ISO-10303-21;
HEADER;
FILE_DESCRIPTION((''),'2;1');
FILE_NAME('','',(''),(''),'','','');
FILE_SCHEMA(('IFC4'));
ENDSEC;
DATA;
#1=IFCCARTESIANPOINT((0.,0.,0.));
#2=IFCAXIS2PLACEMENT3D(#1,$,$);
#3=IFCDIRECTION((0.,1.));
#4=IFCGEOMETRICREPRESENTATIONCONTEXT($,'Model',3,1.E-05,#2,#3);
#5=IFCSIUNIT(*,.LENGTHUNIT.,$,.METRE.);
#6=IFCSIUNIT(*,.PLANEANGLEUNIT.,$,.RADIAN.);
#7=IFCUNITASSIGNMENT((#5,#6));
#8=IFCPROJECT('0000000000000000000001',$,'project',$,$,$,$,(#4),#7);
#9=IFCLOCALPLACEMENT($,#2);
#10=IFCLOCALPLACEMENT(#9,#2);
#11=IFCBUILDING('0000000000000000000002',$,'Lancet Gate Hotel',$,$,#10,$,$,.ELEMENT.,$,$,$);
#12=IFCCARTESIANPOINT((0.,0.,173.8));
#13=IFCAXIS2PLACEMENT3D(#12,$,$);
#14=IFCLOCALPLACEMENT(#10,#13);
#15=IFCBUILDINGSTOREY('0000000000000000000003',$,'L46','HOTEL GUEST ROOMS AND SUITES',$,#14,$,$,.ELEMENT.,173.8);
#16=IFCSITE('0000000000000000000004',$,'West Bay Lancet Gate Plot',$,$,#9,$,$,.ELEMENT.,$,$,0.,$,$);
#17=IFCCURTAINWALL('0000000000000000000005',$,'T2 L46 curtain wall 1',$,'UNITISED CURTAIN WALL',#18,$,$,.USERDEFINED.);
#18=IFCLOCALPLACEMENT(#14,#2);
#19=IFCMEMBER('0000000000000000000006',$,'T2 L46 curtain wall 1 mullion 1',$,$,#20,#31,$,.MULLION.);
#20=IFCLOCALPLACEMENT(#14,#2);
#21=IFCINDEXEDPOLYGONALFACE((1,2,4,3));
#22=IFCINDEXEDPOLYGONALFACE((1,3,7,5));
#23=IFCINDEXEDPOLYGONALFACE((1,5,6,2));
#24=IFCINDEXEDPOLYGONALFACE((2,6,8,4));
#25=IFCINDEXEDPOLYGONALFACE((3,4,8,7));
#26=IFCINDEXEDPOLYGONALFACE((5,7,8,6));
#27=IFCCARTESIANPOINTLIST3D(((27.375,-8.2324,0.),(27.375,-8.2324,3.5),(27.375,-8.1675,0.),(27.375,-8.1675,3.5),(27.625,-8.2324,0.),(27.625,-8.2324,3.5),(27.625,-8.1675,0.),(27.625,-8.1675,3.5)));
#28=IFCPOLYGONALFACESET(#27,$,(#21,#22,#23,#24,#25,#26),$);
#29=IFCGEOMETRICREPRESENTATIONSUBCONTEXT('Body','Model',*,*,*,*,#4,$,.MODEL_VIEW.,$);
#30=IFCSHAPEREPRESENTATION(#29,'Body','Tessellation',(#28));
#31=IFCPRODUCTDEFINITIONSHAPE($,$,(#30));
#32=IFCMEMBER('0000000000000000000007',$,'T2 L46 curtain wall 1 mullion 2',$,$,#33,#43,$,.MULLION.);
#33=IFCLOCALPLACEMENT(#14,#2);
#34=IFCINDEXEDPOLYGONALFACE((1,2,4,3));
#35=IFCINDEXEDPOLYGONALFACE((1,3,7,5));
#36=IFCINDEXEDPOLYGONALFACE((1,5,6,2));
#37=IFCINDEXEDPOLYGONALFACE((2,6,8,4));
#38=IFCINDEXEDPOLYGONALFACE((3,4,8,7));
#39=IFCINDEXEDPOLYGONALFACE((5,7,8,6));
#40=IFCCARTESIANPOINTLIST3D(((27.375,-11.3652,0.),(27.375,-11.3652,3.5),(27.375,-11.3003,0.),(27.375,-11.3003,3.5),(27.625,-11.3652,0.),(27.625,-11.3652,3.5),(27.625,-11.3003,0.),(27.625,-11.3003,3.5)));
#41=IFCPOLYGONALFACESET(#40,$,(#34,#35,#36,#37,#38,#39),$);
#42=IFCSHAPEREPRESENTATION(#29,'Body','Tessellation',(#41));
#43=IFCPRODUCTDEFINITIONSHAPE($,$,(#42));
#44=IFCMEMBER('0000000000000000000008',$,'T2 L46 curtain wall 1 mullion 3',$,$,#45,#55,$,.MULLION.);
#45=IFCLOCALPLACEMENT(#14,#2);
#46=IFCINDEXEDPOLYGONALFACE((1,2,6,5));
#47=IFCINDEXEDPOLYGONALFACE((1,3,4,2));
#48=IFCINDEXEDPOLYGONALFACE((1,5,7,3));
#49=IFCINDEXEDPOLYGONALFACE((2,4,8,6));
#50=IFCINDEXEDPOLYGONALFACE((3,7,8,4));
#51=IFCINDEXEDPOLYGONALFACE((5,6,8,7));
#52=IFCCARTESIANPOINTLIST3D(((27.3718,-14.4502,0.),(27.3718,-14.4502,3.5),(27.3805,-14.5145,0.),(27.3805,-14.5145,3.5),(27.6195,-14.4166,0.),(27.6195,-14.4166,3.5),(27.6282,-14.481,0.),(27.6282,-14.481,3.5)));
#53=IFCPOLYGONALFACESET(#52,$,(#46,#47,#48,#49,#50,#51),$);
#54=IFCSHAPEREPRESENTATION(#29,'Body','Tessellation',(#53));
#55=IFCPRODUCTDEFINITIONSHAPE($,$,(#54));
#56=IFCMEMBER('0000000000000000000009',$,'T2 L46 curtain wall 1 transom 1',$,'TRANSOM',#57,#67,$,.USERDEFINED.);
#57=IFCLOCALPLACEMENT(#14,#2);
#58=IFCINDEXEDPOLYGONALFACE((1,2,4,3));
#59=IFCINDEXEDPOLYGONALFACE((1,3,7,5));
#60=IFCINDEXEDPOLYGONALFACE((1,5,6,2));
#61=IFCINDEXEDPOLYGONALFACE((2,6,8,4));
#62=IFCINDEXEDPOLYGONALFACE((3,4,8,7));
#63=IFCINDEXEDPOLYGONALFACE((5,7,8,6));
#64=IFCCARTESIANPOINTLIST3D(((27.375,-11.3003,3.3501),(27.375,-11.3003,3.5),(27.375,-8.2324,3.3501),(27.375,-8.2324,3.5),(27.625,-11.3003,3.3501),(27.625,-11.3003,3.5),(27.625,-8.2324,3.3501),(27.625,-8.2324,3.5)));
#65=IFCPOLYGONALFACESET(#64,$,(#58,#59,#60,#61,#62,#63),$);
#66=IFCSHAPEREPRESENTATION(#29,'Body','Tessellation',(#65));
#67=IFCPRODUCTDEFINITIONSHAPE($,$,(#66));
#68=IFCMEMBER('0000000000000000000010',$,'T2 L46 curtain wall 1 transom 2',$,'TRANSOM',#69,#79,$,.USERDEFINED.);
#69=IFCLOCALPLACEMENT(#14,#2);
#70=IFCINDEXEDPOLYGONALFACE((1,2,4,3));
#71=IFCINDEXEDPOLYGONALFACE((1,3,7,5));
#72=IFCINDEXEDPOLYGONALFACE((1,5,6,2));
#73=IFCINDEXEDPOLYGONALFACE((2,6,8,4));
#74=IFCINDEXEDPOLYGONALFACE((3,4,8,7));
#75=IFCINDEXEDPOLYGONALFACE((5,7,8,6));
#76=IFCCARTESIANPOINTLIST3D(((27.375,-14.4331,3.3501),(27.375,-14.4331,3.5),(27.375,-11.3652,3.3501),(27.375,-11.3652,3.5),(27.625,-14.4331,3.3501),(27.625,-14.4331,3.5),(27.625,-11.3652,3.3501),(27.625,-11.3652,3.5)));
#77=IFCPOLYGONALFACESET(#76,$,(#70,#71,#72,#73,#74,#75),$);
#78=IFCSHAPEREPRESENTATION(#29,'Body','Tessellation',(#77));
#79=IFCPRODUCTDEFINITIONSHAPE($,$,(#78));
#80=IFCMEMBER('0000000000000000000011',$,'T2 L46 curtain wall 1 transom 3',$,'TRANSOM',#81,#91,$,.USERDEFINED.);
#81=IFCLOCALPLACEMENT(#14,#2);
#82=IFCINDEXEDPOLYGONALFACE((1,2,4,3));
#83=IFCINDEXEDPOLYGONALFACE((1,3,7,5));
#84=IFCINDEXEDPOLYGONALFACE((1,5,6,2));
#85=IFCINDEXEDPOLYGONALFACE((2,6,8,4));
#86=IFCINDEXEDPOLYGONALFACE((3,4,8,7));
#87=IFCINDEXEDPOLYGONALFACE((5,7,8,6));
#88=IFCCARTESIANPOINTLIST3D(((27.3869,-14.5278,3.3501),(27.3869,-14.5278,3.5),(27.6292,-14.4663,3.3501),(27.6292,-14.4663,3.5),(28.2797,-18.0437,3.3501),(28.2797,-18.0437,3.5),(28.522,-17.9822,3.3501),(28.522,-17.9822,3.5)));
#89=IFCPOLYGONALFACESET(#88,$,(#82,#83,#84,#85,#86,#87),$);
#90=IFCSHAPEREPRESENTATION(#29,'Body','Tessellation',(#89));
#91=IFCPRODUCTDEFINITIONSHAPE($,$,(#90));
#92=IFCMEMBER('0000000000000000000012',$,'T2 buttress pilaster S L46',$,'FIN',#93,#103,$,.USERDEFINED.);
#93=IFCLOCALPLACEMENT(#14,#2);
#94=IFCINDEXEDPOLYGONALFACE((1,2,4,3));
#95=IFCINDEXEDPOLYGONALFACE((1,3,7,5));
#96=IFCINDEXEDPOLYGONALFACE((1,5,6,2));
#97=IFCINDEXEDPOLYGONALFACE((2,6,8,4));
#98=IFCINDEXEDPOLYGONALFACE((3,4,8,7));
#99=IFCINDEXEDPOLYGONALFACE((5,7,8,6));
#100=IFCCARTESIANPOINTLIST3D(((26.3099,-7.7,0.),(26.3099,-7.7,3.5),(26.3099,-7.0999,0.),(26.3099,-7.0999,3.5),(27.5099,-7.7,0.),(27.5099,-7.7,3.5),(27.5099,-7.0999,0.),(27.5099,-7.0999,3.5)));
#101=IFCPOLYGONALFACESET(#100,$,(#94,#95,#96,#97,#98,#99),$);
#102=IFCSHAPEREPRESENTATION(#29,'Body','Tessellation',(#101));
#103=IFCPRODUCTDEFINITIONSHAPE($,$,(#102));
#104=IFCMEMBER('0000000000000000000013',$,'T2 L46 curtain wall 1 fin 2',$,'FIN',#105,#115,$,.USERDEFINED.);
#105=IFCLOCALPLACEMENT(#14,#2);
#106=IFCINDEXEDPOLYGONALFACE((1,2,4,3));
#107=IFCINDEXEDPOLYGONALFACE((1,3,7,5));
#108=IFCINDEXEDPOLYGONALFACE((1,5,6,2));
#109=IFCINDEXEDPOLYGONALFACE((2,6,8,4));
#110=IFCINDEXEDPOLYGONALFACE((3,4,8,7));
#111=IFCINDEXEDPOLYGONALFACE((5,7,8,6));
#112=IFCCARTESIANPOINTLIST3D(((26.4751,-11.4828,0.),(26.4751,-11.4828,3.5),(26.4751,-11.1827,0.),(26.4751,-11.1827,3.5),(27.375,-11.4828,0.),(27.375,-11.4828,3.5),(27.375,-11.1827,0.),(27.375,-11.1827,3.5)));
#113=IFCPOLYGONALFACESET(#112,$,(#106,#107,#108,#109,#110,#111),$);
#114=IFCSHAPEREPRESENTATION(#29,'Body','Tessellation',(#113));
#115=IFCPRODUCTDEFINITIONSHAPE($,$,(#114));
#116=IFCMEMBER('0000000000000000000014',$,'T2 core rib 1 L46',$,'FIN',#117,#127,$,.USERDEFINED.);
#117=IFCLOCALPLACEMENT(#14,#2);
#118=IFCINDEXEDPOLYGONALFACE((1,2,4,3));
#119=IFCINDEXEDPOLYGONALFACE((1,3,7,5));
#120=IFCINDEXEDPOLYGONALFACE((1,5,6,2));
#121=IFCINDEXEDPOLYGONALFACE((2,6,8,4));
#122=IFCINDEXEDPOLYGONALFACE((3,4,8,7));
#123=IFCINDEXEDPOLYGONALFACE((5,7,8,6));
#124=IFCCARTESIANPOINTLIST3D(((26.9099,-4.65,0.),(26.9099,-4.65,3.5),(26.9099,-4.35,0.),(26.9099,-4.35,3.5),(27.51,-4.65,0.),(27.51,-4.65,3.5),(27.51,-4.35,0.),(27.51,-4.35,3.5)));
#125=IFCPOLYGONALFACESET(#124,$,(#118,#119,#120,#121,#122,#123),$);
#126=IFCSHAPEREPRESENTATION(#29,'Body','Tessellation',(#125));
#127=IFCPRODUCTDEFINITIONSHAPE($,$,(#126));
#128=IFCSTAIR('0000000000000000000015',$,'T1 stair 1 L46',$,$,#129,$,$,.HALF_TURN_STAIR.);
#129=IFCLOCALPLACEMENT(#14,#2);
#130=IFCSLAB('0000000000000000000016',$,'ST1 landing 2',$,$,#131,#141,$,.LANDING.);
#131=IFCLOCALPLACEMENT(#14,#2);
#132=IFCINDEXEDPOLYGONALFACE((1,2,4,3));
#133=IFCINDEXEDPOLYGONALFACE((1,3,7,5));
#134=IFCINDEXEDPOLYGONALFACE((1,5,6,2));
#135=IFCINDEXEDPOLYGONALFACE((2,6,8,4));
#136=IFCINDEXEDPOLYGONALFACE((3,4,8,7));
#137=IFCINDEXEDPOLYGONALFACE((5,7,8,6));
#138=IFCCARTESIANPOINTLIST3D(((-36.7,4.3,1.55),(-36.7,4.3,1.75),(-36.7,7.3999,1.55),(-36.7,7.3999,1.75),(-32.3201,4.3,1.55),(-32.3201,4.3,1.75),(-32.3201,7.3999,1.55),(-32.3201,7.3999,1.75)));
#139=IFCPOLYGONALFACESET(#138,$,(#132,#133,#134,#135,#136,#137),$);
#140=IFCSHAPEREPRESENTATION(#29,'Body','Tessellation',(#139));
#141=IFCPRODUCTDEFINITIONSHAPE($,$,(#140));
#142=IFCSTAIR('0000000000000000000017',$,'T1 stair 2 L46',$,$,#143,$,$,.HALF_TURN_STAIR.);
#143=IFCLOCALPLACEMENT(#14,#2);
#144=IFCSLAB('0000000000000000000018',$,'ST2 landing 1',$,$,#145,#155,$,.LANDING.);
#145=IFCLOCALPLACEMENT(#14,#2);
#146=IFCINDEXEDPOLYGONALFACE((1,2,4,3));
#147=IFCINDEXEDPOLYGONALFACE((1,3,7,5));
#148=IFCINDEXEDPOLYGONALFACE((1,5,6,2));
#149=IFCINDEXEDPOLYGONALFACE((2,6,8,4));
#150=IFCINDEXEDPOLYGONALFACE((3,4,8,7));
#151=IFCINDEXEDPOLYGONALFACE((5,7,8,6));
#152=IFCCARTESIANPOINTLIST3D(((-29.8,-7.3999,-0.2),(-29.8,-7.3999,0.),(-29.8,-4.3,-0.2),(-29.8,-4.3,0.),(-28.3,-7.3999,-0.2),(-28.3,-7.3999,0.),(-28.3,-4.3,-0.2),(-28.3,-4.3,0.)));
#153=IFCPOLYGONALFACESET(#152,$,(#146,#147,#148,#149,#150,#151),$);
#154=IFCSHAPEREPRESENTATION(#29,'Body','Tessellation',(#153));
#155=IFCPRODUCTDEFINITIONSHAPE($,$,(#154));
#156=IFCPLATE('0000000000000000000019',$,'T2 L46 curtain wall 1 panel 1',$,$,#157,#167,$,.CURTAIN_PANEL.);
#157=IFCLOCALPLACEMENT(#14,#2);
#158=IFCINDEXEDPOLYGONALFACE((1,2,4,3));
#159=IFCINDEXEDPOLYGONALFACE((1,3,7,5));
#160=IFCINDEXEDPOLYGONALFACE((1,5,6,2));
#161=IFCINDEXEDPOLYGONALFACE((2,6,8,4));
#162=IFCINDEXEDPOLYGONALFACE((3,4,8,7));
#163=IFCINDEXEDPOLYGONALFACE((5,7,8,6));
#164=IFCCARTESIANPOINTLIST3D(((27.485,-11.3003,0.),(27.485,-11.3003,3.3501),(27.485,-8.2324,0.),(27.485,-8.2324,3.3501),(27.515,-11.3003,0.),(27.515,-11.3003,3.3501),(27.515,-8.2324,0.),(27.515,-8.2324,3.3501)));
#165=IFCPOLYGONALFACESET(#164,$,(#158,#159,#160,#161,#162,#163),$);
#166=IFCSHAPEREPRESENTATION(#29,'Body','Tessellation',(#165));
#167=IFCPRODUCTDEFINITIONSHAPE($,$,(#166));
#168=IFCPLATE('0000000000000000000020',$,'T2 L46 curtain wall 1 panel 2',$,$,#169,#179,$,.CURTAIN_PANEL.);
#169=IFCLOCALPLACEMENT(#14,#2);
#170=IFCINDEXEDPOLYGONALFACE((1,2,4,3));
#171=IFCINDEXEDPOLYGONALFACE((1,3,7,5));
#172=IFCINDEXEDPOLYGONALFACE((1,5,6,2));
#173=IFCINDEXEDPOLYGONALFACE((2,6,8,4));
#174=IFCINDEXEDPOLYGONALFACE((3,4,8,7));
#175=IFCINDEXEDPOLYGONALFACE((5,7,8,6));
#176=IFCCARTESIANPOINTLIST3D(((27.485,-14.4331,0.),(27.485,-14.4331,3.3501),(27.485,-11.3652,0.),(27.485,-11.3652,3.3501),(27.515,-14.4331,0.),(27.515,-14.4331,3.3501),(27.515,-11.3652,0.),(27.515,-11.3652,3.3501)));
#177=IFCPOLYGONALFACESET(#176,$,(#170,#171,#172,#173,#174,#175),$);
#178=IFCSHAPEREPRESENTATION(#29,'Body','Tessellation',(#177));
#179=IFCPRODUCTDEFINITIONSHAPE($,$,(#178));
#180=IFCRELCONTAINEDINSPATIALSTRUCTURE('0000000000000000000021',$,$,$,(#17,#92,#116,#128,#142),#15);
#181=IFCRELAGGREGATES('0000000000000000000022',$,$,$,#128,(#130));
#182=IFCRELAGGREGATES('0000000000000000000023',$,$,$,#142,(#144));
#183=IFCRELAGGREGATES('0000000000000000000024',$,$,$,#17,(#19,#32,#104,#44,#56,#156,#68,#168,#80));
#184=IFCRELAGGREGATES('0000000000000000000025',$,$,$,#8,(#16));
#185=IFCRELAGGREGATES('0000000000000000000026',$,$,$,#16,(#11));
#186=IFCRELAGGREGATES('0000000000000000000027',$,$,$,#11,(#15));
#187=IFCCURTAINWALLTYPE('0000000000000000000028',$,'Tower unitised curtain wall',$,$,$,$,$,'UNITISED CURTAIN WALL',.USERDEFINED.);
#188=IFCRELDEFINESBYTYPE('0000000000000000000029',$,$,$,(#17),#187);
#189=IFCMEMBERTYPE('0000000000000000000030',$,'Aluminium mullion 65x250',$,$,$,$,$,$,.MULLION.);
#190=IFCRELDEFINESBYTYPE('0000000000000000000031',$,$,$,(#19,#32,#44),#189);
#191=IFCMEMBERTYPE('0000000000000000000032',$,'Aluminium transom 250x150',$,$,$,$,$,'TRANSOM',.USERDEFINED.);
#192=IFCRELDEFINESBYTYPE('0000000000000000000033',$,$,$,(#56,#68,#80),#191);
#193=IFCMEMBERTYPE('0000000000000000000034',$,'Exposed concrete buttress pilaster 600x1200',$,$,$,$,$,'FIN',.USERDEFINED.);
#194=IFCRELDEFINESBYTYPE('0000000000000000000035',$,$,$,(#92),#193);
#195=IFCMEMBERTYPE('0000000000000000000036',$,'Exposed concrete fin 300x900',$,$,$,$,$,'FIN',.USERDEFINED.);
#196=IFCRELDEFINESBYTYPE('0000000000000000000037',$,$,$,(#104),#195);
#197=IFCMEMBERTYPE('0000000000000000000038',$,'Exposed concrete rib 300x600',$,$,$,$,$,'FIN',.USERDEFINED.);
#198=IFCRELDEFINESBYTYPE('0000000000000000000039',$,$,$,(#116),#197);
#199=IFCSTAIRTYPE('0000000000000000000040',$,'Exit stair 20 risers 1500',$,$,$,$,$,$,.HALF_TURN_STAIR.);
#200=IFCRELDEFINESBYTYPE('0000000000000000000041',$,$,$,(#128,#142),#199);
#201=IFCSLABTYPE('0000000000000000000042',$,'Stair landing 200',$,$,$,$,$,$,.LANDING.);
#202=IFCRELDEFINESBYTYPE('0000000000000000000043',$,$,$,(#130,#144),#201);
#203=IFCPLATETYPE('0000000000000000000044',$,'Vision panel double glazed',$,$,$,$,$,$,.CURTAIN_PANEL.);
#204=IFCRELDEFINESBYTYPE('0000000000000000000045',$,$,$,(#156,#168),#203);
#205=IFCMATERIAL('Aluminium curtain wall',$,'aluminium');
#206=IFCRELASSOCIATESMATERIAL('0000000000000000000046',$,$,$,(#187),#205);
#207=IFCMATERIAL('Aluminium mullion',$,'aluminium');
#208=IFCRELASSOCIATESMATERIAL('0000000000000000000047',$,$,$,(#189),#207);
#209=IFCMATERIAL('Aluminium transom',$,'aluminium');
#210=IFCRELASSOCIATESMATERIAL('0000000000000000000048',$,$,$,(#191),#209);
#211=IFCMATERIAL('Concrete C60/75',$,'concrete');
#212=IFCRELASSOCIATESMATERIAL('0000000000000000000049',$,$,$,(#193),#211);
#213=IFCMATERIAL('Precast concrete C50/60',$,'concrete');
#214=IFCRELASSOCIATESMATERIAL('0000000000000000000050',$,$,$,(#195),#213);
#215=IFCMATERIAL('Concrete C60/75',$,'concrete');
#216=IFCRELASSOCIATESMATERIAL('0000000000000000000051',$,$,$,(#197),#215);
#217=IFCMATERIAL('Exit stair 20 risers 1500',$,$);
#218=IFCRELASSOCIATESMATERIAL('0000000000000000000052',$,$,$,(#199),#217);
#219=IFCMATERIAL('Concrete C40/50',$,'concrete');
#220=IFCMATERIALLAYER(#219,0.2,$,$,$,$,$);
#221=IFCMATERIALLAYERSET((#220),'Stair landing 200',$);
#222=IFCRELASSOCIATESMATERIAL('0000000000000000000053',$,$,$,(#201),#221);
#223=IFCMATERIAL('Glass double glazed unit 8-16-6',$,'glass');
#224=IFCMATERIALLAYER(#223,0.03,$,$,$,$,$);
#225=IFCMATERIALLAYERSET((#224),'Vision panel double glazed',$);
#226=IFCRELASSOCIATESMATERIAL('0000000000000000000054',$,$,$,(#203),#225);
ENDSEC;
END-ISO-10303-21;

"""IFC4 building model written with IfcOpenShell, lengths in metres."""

from ifc_helpers import new_model, si_unit, direction, frame, origin, origin_2d, place, context, subcontext, project, spatial, polyline, rectangle, outline, extrude, material, layer, layer_set, material_profile, profile_set, type_object, element, aggregate, save


model = new_model("IFC4")

# Units and contexts
model_context = context("Model", 3, precision=1e-05, world=origin(), true_north=direction((0.0, 1.0)))
body_context = subcontext(model_context, "Body", "Model", "MODEL_VIEW")
ifc_project = project(units=[si_unit("LENGTHUNIT", "METRE"), si_unit("PLANEANGLEUNIT", "RADIAN")], contexts=[model_context])

# Site, building, storey
site_placement = place(None, origin())
site = spatial("IfcSite", under=ifc_project, at=site_placement, Name="West Bay Lancet Gate Plot", CompositionType="ELEMENT", RefElevation=0.0)
building_placement = place(site_placement, origin())
building = spatial("IfcBuilding", under=site, at=building_placement, Name="Lancet Gate Hotel", CompositionType="ELEMENT")
storey_placement = place(building_placement, frame((0.0, 0.0, 173.8)))
storey = spatial("IfcBuildingStorey", under=building, at=storey_placement, Name="L46", Description="HOTEL GUEST ROOMS AND SUITES", CompositionType="ELEMENT", Elevation=173.8)

# Curtain wall, members
ifc_material_1 = material(Name="Aluminium curtain wall", Category="aluminium")
curtain_wall_type = type_object("IfcCurtainWallType", Name="Tower unitised curtain wall", ElementType="UNITISED CURTAIN WALL", PredefinedType="USERDEFINED", material=ifc_material_1)
curtain_wall_placement = place(storey_placement, origin())
curtain_wall = element("IfcCurtainWall", 1, at=curtain_wall_placement, inside=storey, type_object=curtain_wall_type, Name="T2 L46 curtain wall 1", ObjectType="UNITISED CURTAIN WALL", PredefinedType="USERDEFINED")
ifc_material_2 = material(Name="Aluminium mullion", Category="aluminium")
ifc_material_profile_1 = material_profile(ifc_material_2, rectangle(XDim=0.0649, YDim=0.25, at=origin_2d()), Name="MULLION 65x250")
ifc_profile_set_1 = profile_set([ifc_material_profile_1], Name="Aluminium mullion")
member_type_1 = type_object("IfcMemberType", Name="Aluminium mullion 65x250", PredefinedType="MULLION", material=ifc_profile_set_1)
member_1_placement = place(storey_placement, frame((27.5, -8.2, 0.0), z_axis=(0.0, 0.0, 1.0), x_axis=(0.0, -1.0, 0.0)))
member_1 = element("IfcMember", 2, at=member_1_placement, type_object=member_type_1, Name="T2 L46 curtain wall 1 mullion 1", PredefinedType="MULLION", context=body_context, shape_type="SweptSolid", body=[
    extrude(rectangle(XDim=0.0649, YDim=0.25, at=origin_2d()), origin(), (0.0, 0.0, 1.0), 3.5),
])
member_2_placement = place(storey_placement, frame((27.5, -11.3328, 0.0), z_axis=(0.0, 0.0, 1.0), x_axis=(0.0, -1.0, 0.0)))
member_2 = element("IfcMember", 3, at=member_2_placement, type_object=member_type_1, Name="T2 L46 curtain wall 1 mullion 2", PredefinedType="MULLION", context=body_context, shape_type="SweptSolid", body=[
    extrude(rectangle(XDim=0.0649, YDim=0.25, at=origin_2d()), origin(), (0.0, 0.0, 1.0), 3.5),
])
member_3_placement = place(storey_placement, frame((27.5, -14.4656, 0.0), z_axis=(0.0, 0.0, 1.0), x_axis=(0.134207, -0.990953, 0.0)))
member_3 = element("IfcMember", 4, at=member_3_placement, type_object=member_type_1, Name="T2 L46 curtain wall 1 mullion 3", PredefinedType="MULLION", context=body_context, shape_type="SweptSolid", body=[
    extrude(rectangle(XDim=0.0649, YDim=0.25, at=origin_2d()), origin(), (0.0, 0.0, 1.0), 3.5),
])
ifc_material_3 = material(Name="Aluminium transom", Category="aluminium")
ifc_material_profile_2 = material_profile(ifc_material_3, rectangle(XDim=0.25, YDim=0.1499, at=origin_2d()), Name="TRANSOM 250x150")
ifc_profile_set_2 = profile_set([ifc_material_profile_2], Name="Aluminium transom")
member_type_2 = type_object("IfcMemberType", Name="Aluminium transom 250x150", ElementType="TRANSOM", PredefinedType="USERDEFINED", material=ifc_profile_set_2)
member_4_placement = place(storey_placement, frame((27.5, -8.2324, 3.425), z_axis=(0.0, -1.0, 0.0), x_axis=(1.0, 0.0, 0.0)))
member_4 = element("IfcMember", 5, at=member_4_placement, type_object=member_type_2, Name="T2 L46 curtain wall 1 transom 1", ObjectType="TRANSOM", PredefinedType="USERDEFINED", context=body_context, shape_type="SweptSolid", body=[
    extrude(rectangle(XDim=0.25, YDim=0.1499, at=origin_2d()), origin(), (0.0, 0.0, 1.0), 3.0679),
])
member_5_placement = place(storey_placement, frame((27.5, -11.3652, 3.425), z_axis=(0.0, -1.0, 0.0), x_axis=(1.0, 0.0, 0.0)))
member_5 = element("IfcMember", 6, at=member_5_placement, type_object=member_type_2, Name="T2 L46 curtain wall 1 transom 2", ObjectType="TRANSOM", PredefinedType="USERDEFINED", context=body_context, shape_type="SweptSolid", body=[
    extrude(rectangle(XDim=0.25, YDim=0.1499, at=origin_2d()), origin(), (0.0, 0.0, 1.0), 3.0679),
])
member_6_placement = place(storey_placement, frame((27.5081, -14.4971, 3.425), z_axis=(0.246129, -0.969237, 0.0), x_axis=(0.969237, 0.246129, 0.0)))
member_6 = element("IfcMember", 7, at=member_6_placement, type_object=member_type_2, Name="T2 L46 curtain wall 1 transom 3", ObjectType="TRANSOM", PredefinedType="USERDEFINED", context=body_context, shape_type="SweptSolid", body=[
    extrude(rectangle(XDim=0.25, YDim=0.1499, at=origin_2d()), origin(), (0.0, 0.0, 1.0), 3.6274),
])

# Members
ifc_material_4 = material(Name="Concrete C60/75", Category="concrete")
ifc_material_profile_3 = material_profile(ifc_material_4, rectangle(XDim=0.6001, YDim=1.2, at=origin_2d()), Name="FIN 600x1200")
ifc_profile_set_3 = profile_set([ifc_material_profile_3], Name="Concrete C60/75")
member_type_3 = type_object("IfcMemberType", Name="Exposed concrete buttress pilaster 600x1200", ElementType="FIN", PredefinedType="USERDEFINED", material=ifc_profile_set_3)
member_7_placement = place(storey_placement, frame((26.9099, -7.3999, 0.0), z_axis=(0.0, 0.0, 1.0), x_axis=(0.0, 1.0, 0.0)))
element("IfcMember", 8, at=member_7_placement, inside=storey, type_object=member_type_3, Name="T2 buttress pilaster S L46", ObjectType="FIN", PredefinedType="USERDEFINED", context=body_context, shape_type="SweptSolid", body=[
    extrude(rectangle(XDim=0.6001, YDim=1.2, at=origin_2d()), origin(), (0.0, 0.0, 1.0), 3.5),
])
ifc_material_5 = material(Name="Precast concrete C50/60", Category="concrete")
ifc_material_profile_4 = material_profile(ifc_material_5, rectangle(XDim=0.3, YDim=0.8999, at=origin_2d()), Name="FIN 300x900")
ifc_profile_set_4 = profile_set([ifc_material_profile_4], Name="Precast concrete C50/60")
member_type_4 = type_object("IfcMemberType", Name="Exposed concrete fin 300x900", ElementType="FIN", PredefinedType="USERDEFINED", material=ifc_profile_set_4)
member_8_placement = place(storey_placement, frame((26.925, -11.3328, 0.0), z_axis=(0.0, 0.0, 1.0), x_axis=(0.0, -1.0, 0.0)))
member_8 = element("IfcMember", 9, at=member_8_placement, type_object=member_type_4, Name="T2 L46 curtain wall 1 fin 2", ObjectType="FIN", PredefinedType="USERDEFINED", context=body_context, shape_type="SweptSolid", body=[
    extrude(rectangle(XDim=0.3, YDim=0.8999, at=origin_2d()), origin(), (0.0, 0.0, 1.0), 3.5),
])
ifc_material_6 = material(Name="Concrete C60/75", Category="concrete")
ifc_material_profile_5 = material_profile(ifc_material_6, rectangle(XDim=0.3, YDim=0.6001, at=origin_2d()), Name="FIN 300x600")
ifc_profile_set_5 = profile_set([ifc_material_profile_5], Name="Concrete C60/75")
member_type_5 = type_object("IfcMemberType", Name="Exposed concrete rib 300x600", ElementType="FIN", PredefinedType="USERDEFINED", material=ifc_profile_set_5)
member_9_placement = place(storey_placement, frame((27.21, -4.5, 0.0), z_axis=(0.0, 0.0, 1.0), x_axis=(0.0, 1.0, 0.0)))
element("IfcMember", 10, at=member_9_placement, inside=storey, type_object=member_type_5, Name="T2 core rib 1 L46", ObjectType="FIN", PredefinedType="USERDEFINED", context=body_context, shape_type="SweptSolid", body=[
    extrude(rectangle(XDim=0.3, YDim=0.6001, at=origin_2d()), origin(), (0.0, 0.0, 1.0), 3.5),
])

# Stairs, slabs
ifc_material_7 = material(Name="Exit stair 20 risers 1500")
stair_type = type_object("IfcStairType", Name="Exit stair 20 risers 1500", PredefinedType="HALF_TURN_STAIR", material=ifc_material_7)
stair_1_placement = place(storey_placement, origin())
stair_1 = element("IfcStair", 11, at=stair_1_placement, inside=storey, type_object=stair_type, Name="T1 stair 1 L46", PredefinedType="HALF_TURN_STAIR")
ifc_material_8 = material(Name="Concrete C40/50", Category="concrete")
ifc_layer_1 = layer(ifc_material_8, 0.2)
ifc_layer_set_1 = layer_set([ifc_layer_1], Name="Stair landing 200")
slab_type = type_object("IfcSlabType", Name="Stair landing 200", PredefinedType="LANDING", material=ifc_layer_set_1)
slab_1_placement = place(storey_placement, frame((0.0, 0.0, 1.55)))
slab_1 = element("IfcSlab", 12, at=slab_1_placement, type_object=slab_type, Name="ST1 landing 2", PredefinedType="LANDING", context=body_context, shape_type="SweptSolid", body=[
    extrude(outline(polyline([(-32.3201, 7.3999), (-36.7, 7.3999), (-36.7, 4.3), (-32.3201, 4.3), (-32.3201, 7.3999)])), origin(), (0.0, 0.0, 1.0), 0.2),
])
aggregate(stair_1, [slab_1])
stair_2_placement = place(storey_placement, origin())
stair_2 = element("IfcStair", 13, at=stair_2_placement, inside=storey, type_object=stair_type, Name="T1 stair 2 L46", PredefinedType="HALF_TURN_STAIR")
slab_2_placement = place(storey_placement, frame((0.0, 0.0, -0.2)))
slab_2 = element("IfcSlab", 14, at=slab_2_placement, type_object=slab_type, Name="ST2 landing 1", PredefinedType="LANDING", context=body_context, shape_type="SweptSolid", body=[
    extrude(outline(polyline([(-28.3, -4.3), (-29.8, -4.3), (-29.8, -7.3999), (-28.3, -7.3999), (-28.3, -4.3)])), origin(), (0.0, 0.0, 1.0), 0.2),
])
aggregate(stair_2, [slab_2])

# Plates
ifc_material_9 = material(Name="Glass double glazed unit 8-16-6", Category="glass")
ifc_layer_2 = layer(ifc_material_9, 0.03)
ifc_layer_set_2 = layer_set([ifc_layer_2], Name="Vision panel double glazed")
plate_type = type_object("IfcPlateType", Name="Vision panel double glazed", PredefinedType="CURTAIN_PANEL", material=ifc_layer_set_2)
plate_1_placement = place(storey_placement, frame((27.5, -9.7664, 0.0), z_axis=(0.0, 0.0, 1.0), x_axis=(0.0, -1.0, 0.0)))
plate_1 = element("IfcPlate", 15, at=plate_1_placement, type_object=plate_type, Name="T2 L46 curtain wall 1 panel 1", PredefinedType="CURTAIN_PANEL", context=body_context, shape_type="SweptSolid", body=[
    extrude(rectangle(XDim=3.0679, YDim=0.03, at=origin_2d()), origin(), (0.0, 0.0, 1.0), 3.3501),
])
plate_2_placement = place(storey_placement, frame((27.5, -12.8992, 0.0), z_axis=(0.0, 0.0, 1.0), x_axis=(0.0, -1.0, 0.0)))
plate_2 = element("IfcPlate", 16, at=plate_2_placement, type_object=plate_type, Name="T2 L46 curtain wall 1 panel 2", PredefinedType="CURTAIN_PANEL", context=body_context, shape_type="SweptSolid", body=[
    extrude(rectangle(XDim=3.0679, YDim=0.03, at=origin_2d()), origin(), (0.0, 0.0, 1.0), 3.3501),
])
aggregate(curtain_wall, [member_1, member_2, member_8, member_3, member_4, plate_1, member_5, plate_2, member_6])

save(model, "model.ifc")
